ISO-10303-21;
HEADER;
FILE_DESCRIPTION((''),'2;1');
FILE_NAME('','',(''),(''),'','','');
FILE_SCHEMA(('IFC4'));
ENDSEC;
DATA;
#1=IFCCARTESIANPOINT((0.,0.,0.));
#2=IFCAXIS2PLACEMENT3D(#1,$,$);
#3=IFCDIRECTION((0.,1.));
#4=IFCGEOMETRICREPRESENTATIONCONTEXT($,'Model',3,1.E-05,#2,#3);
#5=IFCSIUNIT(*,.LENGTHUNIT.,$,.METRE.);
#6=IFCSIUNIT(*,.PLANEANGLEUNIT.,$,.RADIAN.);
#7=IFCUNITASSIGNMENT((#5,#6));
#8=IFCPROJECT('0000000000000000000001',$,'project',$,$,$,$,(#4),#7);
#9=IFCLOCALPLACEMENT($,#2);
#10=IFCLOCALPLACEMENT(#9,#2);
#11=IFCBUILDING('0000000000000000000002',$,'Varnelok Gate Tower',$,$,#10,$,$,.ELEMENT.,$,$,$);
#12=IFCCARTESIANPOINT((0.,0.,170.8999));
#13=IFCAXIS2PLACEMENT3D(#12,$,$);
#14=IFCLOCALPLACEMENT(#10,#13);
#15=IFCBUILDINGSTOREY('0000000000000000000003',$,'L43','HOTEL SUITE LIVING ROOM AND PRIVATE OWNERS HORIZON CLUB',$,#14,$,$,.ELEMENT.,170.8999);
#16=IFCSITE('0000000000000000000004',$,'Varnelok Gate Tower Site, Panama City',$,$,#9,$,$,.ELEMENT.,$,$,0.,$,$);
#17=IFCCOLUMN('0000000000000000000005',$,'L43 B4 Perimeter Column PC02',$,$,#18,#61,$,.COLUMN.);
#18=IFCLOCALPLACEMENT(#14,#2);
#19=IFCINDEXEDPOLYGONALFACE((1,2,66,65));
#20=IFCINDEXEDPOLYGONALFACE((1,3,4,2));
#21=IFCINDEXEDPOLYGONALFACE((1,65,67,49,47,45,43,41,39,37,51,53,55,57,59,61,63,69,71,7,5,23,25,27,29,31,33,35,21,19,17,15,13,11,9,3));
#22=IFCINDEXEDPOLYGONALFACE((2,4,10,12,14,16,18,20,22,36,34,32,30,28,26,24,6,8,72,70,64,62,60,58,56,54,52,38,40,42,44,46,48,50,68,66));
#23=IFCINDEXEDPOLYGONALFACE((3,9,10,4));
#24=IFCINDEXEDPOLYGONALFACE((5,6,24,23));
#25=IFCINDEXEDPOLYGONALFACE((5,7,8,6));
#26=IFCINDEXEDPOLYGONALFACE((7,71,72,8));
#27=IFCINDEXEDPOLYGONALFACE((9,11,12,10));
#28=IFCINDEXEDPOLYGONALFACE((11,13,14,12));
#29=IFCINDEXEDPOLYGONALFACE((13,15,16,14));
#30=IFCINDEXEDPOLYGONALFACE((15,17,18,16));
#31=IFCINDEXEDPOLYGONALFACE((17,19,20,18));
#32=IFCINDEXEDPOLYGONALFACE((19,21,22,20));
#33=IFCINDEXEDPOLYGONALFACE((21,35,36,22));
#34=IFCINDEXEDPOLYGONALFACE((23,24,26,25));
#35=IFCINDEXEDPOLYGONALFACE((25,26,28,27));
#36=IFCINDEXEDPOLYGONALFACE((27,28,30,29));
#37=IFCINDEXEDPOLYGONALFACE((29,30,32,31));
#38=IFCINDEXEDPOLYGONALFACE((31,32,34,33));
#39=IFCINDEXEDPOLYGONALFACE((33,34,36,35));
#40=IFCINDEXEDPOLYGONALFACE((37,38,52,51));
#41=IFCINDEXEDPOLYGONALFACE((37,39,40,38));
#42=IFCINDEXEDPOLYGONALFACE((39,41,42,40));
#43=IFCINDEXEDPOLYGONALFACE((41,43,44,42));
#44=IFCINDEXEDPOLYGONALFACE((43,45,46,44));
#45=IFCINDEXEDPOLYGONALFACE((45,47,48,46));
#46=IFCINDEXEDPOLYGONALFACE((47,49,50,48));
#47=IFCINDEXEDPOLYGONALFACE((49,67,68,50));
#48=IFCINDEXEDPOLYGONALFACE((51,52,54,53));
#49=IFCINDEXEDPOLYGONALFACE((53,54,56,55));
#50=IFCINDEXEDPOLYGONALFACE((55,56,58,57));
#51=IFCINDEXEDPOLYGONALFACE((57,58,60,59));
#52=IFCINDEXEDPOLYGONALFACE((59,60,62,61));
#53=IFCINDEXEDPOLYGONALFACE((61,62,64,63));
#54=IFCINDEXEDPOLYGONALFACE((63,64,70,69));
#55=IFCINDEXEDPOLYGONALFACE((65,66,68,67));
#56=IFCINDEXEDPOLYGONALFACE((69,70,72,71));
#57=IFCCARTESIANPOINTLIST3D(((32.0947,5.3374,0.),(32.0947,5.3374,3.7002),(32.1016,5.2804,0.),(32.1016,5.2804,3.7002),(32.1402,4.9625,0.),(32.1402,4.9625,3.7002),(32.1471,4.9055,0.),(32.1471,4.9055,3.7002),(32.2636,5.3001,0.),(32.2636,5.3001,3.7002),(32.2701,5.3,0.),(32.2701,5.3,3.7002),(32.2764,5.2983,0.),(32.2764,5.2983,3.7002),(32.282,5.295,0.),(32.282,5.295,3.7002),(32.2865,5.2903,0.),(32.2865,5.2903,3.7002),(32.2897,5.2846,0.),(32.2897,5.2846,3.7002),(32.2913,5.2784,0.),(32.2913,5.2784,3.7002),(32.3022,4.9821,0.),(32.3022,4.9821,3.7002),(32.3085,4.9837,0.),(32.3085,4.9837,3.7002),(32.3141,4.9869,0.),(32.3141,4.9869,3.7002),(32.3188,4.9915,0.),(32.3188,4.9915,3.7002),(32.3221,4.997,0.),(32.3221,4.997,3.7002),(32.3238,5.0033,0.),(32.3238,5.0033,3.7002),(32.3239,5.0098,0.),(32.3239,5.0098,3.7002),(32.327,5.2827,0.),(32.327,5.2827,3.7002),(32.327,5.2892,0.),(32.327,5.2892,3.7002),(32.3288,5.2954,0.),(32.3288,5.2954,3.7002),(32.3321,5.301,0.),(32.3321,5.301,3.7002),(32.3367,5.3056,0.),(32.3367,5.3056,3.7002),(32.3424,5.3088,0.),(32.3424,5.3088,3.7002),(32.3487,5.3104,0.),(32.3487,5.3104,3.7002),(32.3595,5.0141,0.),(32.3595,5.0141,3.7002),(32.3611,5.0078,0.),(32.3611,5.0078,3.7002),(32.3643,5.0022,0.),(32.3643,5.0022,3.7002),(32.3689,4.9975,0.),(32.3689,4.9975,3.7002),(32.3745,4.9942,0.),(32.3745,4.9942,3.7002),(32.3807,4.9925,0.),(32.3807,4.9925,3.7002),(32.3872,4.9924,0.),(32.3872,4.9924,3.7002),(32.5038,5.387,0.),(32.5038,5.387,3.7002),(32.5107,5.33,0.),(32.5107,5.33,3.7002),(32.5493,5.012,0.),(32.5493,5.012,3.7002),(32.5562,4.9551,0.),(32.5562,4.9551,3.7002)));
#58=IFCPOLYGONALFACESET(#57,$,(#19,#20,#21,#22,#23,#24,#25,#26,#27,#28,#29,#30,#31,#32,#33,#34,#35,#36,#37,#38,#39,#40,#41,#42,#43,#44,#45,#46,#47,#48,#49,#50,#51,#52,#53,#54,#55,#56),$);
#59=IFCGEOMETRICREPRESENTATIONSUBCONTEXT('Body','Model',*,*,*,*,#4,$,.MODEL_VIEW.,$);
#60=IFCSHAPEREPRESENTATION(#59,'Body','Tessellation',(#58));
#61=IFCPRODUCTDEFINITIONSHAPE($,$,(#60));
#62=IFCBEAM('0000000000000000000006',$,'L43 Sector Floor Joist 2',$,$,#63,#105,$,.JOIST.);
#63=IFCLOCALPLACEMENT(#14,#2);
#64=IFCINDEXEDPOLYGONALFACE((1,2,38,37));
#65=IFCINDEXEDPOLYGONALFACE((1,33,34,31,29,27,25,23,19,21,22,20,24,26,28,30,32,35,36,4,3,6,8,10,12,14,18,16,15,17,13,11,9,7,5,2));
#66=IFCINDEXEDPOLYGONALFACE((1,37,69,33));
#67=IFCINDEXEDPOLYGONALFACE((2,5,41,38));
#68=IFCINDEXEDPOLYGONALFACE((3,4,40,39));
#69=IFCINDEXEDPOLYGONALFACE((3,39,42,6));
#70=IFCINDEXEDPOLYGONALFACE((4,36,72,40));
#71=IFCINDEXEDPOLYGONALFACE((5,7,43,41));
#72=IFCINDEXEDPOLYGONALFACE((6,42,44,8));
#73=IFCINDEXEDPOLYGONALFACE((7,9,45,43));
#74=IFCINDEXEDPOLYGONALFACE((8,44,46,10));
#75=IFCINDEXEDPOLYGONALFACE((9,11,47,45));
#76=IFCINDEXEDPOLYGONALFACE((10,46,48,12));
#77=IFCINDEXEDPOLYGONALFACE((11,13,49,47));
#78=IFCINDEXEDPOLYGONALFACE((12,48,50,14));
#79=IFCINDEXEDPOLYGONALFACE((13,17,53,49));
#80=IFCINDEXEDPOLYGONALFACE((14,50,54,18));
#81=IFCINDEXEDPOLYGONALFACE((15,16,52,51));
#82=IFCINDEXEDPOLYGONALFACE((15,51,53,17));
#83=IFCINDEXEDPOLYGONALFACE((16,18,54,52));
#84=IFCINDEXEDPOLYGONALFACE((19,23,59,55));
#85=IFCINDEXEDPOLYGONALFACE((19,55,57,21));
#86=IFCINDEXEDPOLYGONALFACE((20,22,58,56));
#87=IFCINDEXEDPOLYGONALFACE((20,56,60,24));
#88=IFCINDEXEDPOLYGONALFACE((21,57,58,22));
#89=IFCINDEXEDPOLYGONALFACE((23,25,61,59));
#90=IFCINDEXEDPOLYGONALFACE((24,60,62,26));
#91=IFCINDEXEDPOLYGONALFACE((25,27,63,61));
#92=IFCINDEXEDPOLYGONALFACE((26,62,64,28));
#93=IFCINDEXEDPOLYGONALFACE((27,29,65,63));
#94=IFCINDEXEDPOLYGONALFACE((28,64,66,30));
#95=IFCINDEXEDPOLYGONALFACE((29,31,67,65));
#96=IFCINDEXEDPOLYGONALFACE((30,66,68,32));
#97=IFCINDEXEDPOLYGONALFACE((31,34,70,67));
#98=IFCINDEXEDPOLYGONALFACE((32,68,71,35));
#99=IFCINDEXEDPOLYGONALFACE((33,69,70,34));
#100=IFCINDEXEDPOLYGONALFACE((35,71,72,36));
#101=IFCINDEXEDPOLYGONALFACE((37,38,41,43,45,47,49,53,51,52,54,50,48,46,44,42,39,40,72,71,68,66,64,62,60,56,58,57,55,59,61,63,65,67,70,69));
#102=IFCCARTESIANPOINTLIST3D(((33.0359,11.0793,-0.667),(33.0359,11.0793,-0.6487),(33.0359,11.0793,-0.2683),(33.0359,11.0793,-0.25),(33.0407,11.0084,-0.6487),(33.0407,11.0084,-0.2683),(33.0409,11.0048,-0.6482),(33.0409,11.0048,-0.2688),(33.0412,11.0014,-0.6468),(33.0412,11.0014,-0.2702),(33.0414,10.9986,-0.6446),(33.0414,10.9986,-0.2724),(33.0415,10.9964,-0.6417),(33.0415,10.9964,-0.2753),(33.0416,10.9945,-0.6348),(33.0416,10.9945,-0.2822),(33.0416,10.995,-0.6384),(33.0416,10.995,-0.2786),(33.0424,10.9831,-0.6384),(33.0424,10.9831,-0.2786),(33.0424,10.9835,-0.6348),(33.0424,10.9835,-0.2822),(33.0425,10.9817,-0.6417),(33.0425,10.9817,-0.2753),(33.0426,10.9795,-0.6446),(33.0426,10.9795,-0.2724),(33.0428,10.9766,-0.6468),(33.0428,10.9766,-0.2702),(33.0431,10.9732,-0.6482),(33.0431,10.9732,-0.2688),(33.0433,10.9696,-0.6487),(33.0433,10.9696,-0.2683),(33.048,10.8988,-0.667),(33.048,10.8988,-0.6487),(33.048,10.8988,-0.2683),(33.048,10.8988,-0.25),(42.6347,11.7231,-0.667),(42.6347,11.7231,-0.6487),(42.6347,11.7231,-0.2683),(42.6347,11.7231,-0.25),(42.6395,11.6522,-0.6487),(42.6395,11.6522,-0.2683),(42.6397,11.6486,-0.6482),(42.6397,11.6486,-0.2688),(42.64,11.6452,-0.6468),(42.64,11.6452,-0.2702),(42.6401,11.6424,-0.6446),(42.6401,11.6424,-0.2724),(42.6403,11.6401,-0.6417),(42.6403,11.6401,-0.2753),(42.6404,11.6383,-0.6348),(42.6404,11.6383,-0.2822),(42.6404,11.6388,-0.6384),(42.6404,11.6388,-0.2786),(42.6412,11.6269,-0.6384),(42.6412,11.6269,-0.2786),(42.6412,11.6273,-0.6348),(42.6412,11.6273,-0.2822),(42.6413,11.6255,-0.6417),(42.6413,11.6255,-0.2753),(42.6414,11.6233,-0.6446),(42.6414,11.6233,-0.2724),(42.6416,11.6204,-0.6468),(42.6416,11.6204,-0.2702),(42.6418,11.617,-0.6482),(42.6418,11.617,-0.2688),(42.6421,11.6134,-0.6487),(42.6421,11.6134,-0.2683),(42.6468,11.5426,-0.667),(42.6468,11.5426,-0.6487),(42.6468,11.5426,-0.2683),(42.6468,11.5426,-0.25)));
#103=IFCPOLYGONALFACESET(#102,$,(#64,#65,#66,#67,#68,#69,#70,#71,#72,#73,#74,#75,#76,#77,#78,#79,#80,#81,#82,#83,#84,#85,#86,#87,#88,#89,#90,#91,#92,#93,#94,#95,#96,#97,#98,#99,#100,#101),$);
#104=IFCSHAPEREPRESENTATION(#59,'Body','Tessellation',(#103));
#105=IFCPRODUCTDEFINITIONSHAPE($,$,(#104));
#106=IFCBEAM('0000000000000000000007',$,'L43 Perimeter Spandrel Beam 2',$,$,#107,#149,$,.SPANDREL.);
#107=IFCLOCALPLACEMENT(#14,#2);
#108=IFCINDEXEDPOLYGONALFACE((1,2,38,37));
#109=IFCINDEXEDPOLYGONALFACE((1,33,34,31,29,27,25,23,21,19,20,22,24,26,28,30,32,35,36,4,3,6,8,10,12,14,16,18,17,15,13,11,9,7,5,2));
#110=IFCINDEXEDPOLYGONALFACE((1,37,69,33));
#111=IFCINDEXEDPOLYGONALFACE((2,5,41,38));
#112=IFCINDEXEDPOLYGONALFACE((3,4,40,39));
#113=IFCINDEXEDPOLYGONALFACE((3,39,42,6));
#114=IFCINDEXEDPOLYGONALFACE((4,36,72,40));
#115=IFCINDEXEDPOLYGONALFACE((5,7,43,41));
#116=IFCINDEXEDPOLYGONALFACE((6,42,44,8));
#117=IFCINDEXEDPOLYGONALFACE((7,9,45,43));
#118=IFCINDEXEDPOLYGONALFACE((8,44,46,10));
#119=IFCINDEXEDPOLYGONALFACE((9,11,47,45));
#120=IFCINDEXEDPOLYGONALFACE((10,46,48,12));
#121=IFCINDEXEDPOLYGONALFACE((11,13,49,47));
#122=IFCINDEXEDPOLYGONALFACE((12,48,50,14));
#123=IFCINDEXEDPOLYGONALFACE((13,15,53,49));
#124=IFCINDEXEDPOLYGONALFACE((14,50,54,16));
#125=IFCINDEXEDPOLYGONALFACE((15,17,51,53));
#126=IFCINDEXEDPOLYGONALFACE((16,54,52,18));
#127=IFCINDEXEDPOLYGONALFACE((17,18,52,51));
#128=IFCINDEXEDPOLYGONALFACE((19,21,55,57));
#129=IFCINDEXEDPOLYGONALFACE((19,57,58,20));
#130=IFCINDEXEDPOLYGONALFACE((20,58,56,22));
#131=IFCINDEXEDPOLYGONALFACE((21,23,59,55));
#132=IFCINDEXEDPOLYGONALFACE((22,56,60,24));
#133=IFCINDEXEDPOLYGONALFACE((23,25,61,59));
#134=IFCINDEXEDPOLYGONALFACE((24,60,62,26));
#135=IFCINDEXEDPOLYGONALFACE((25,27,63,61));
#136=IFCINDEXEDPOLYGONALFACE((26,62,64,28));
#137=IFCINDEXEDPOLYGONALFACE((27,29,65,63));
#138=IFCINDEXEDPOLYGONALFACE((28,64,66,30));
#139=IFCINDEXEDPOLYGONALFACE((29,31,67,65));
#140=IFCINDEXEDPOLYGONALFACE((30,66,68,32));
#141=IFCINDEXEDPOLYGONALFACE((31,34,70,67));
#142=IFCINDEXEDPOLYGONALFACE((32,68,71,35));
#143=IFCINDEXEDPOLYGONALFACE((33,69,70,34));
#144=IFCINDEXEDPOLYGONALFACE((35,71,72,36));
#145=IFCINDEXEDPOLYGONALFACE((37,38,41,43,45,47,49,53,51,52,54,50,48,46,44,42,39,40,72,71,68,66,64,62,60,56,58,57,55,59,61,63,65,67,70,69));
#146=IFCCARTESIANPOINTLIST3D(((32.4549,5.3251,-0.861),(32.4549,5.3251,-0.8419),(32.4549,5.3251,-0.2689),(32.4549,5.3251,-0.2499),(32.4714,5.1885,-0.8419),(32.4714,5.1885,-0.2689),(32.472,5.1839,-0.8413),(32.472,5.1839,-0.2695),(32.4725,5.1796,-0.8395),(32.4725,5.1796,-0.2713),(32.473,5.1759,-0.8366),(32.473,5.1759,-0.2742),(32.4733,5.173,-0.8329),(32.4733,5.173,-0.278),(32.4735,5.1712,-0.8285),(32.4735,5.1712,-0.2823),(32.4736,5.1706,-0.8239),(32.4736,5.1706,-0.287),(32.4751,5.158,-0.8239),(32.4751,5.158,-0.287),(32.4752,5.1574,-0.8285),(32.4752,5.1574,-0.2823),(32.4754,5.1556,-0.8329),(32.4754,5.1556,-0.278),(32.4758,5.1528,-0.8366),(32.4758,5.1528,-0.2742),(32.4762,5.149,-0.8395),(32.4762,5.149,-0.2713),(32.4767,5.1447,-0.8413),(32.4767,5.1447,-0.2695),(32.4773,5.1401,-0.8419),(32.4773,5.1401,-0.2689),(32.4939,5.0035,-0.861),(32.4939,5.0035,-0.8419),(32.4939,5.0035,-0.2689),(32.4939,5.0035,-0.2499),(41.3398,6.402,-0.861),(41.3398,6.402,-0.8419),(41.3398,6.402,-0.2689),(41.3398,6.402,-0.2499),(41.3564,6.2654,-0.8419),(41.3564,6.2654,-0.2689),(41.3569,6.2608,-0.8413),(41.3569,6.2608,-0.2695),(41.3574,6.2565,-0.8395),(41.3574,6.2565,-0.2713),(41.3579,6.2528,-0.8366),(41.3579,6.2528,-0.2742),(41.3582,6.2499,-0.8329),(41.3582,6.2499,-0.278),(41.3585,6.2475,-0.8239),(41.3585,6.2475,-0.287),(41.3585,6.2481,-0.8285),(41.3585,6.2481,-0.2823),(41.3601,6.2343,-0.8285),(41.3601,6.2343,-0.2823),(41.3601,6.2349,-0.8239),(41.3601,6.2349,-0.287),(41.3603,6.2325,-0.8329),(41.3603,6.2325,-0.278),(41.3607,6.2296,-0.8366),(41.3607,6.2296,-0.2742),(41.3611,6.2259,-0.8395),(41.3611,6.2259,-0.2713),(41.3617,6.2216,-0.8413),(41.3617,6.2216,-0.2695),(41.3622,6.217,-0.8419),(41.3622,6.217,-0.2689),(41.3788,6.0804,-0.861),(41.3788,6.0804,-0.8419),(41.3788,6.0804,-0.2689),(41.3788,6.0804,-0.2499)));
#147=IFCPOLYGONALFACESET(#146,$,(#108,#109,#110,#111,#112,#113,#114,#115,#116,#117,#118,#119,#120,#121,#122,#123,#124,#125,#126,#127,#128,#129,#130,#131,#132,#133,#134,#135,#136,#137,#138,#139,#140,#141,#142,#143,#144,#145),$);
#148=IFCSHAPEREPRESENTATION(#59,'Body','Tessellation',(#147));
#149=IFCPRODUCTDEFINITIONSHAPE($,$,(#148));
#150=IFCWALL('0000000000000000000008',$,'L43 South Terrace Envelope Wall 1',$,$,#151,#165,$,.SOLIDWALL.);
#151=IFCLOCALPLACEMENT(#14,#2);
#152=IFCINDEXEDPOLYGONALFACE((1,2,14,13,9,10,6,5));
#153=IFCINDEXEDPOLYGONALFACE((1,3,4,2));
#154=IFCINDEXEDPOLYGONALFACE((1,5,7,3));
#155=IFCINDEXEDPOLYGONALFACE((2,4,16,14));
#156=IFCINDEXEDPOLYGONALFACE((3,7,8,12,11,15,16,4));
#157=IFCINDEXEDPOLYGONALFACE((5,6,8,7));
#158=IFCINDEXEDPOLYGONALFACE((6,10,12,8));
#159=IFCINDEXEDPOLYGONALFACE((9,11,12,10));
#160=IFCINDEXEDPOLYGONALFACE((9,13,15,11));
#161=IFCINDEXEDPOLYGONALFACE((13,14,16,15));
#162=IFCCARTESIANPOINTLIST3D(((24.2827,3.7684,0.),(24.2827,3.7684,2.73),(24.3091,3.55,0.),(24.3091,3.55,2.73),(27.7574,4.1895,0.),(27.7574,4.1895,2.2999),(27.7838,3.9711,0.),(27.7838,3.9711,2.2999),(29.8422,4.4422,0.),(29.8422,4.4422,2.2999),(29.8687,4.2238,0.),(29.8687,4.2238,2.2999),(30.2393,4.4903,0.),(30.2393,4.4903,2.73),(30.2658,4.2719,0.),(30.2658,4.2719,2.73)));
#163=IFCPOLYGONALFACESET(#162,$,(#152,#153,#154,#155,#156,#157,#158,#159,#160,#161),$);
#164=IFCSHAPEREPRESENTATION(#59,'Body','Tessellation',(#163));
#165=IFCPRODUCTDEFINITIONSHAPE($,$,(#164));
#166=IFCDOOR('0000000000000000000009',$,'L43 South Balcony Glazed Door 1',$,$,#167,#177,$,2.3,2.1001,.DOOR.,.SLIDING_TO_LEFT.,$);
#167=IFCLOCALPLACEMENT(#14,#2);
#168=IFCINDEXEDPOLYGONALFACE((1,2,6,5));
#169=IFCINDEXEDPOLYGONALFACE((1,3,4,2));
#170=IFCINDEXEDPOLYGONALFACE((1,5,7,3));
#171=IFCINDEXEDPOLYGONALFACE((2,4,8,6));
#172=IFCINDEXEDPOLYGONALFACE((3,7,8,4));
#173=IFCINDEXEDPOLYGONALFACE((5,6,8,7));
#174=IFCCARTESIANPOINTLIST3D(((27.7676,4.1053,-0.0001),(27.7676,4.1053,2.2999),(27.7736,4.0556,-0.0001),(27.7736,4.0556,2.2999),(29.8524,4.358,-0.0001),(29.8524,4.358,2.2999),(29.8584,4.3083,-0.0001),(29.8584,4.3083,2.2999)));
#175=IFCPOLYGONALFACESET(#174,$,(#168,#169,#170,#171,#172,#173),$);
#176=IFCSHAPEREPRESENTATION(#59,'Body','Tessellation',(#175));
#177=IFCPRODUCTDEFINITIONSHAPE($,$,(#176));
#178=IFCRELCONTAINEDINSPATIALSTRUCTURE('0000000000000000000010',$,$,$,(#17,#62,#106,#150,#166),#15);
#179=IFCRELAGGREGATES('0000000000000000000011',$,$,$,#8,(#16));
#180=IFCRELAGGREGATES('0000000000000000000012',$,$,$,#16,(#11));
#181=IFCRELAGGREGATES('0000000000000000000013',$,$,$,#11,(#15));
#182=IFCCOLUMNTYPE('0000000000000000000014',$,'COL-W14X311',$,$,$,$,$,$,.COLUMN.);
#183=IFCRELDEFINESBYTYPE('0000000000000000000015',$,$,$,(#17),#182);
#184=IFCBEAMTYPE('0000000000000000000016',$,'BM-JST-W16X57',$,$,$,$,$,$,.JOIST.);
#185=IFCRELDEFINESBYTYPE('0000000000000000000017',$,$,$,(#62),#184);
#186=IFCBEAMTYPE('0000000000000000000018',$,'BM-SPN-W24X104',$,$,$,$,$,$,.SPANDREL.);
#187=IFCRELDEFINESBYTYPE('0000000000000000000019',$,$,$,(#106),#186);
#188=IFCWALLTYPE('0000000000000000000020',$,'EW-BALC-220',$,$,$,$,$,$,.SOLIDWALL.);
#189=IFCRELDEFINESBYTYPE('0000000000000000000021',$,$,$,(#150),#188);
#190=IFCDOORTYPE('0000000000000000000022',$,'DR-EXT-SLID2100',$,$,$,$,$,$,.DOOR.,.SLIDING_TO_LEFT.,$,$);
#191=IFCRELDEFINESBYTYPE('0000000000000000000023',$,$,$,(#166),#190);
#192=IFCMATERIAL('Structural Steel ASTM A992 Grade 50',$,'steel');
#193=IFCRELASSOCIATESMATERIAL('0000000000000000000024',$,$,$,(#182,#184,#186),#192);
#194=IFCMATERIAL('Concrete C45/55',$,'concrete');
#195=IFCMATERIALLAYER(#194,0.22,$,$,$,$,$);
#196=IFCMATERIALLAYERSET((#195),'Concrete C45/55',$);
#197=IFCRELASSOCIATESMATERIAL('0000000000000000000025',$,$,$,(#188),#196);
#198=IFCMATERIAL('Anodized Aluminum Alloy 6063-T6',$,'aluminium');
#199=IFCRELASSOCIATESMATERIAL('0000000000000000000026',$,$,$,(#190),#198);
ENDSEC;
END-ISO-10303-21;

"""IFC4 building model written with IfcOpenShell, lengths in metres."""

from ifc_helpers import new_model, si_unit, direction, frame, frame_2d, origin, origin_2d, place, context, subcontext, project, spatial, rectangle, i_section, extrude, material, layer, layer_set, material_profile, profile_set, type_object, element, fill, save


model = new_model("IFC4")

# Units and contexts
model_context = context("Model", 3, precision=1e-05, world=origin(), true_north=direction((0.0, 1.0)))
body_context = subcontext(model_context, "Body", "Model", "MODEL_VIEW")
ifc_project = project(units=[si_unit("LENGTHUNIT", "METRE"), si_unit("PLANEANGLEUNIT", "RADIAN")], contexts=[model_context])

# Site, building, storey
site_placement = place(None, origin())
site = spatial("IfcSite", under=ifc_project, at=site_placement, Name="Varnelok Gate Tower Site, Panama City", CompositionType="ELEMENT", RefElevation=0.0)
building_placement = place(site_placement, origin())
building = spatial("IfcBuilding", under=site, at=building_placement, Name="Varnelok Gate Tower", CompositionType="ELEMENT")
storey_placement = place(building_placement, frame((0.0, 0.0, 170.8999)))
storey = spatial("IfcBuildingStorey", under=building, at=storey_placement, Name="L43", Description="HOTEL SUITE LIVING ROOM AND PRIVATE OWNERS HORIZON CLUB", CompositionType="ELEMENT", Elevation=170.8999)

# Column
ifc_material_1 = material(Name="Structural Steel ASTM A992 Grade 50", Category="steel")
ifc_material_profile_1 = material_profile(ifc_material_1, i_section(OverallWidth=0.4121, OverallDepth=0.4351, WebThickness=0.0359, FlangeThickness=0.0574, FilletRadius=0.0249, at=origin_2d()), Name="W14X311")
ifc_profile_set_1 = profile_set([ifc_material_profile_1], Name="Structural Steel ASTM A992 Grade 50")
column_type = type_object("IfcColumnType", Name="COL-W14X311", PredefinedType="COLUMN", material=ifc_profile_set_1)
column_placement = place(storey_placement, frame((32.3254, 5.1462, 0.0), z_axis=(0.0, 0.0, 1.0), x_axis=(0.992732, 0.120345, 0.0)))
element("IfcColumn", 1, at=column_placement, inside=storey, type_object=column_type, Name="L43 B4 Perimeter Column PC02", PredefinedType="COLUMN", context=body_context, shape_type="SweptSolid", body=[
    extrude(i_section(OverallWidth=0.4121, OverallDepth=0.4351, WebThickness=0.0359, FlangeThickness=0.0574, FilletRadius=0.0249, at=origin_2d()), origin(), (0.0, 0.0, 1.0), 3.7002),
])

# Beams
ifc_material_profile_2 = material_profile(ifc_material_1, i_section(OverallWidth=0.1809, OverallDepth=0.417, WebThickness=0.011, FlangeThickness=0.0183, FilletRadius=0.0139, at=origin_2d()), Name="W16X57")
ifc_profile_set_2 = profile_set([ifc_material_profile_2], Name="Structural Steel ASTM A992 Grade 50")
beam_type_1 = type_object("IfcBeamType", Name="BM-JST-W16X57", PredefinedType="JOIST", material=ifc_profile_set_2)
beam_1_placement = place(storey_placement, frame((33.042, 10.989, -0.4585), z_axis=(0.997758, 0.06692, 0.0), x_axis=(-0.06692, 0.997758, 0.0)))
element("IfcBeam", 2, at=beam_1_placement, inside=storey, type_object=beam_type_1, Name="L43 Sector Floor Joist 2", PredefinedType="JOIST", context=body_context, shape_type="SweptSolid", body=[
    extrude(i_section(OverallWidth=0.1809, OverallDepth=0.417, WebThickness=0.011, FlangeThickness=0.0183, FilletRadius=0.0139, at=origin_2d()), origin(), (0.0, 0.0, 1.0), 9.6204),
])
ifc_material_profile_3 = material_profile(ifc_material_1, i_section(OverallWidth=0.324, OverallDepth=0.6111, WebThickness=0.0127, FlangeThickness=0.019, FilletRadius=0.0181, at=origin_2d()), Name="W24X104")
ifc_profile_set_3 = profile_set([ifc_material_profile_3], Name="Structural Steel ASTM A992 Grade 50")
beam_type_2 = type_object("IfcBeamType", Name="BM-SPN-W24X104", PredefinedType="SPANDREL", material=ifc_profile_set_3)
beam_2_placement = place(storey_placement, frame((32.4744, 5.1643, -0.5554), z_axis=(0.992735, 0.120324, 0.0), x_axis=(-0.120324, 0.992735, 0.0)))
element("IfcBeam", 3, at=beam_2_placement, inside=storey, type_object=beam_type_2, Name="L43 Perimeter Spandrel Beam 2", PredefinedType="SPANDREL", context=body_context, shape_type="SweptSolid", body=[
    extrude(i_section(OverallWidth=0.324, OverallDepth=0.6111, WebThickness=0.0127, FlangeThickness=0.019, FilletRadius=0.0181, at=origin_2d()), origin(), (0.0, 0.0, 1.0), 8.95),
])

# Wall, opening, door
ifc_material_2 = material(Name="Concrete C45/55", Category="concrete")
ifc_layer_1 = layer(ifc_material_2, 0.22)
ifc_layer_set_1 = layer_set([ifc_layer_1], Name="Concrete C45/55")
wall_type_1 = type_object("IfcWallType", Name="EW-BALC-220", PredefinedType="SOLIDWALL", material=ifc_layer_set_1)
wall_1_placement = place(storey_placement, frame((30.2524, 4.3811, 0.0), z_axis=(0.0, 0.0, 1.0), x_axis=(-0.992735, -0.120318, 0.0)))
wall_1 = element("IfcWall", 4, at=wall_1_placement, inside=storey, type_object=wall_type_1, Name="L43 South Terrace Envelope Wall 1", PredefinedType="SOLIDWALL", context=body_context, shape_type="SweptSolid", body=[
    extrude(rectangle(XDim=6.0002, YDim=0.22, at=frame_2d((3.0, 0.0))), origin(), (0.0, 0.0, 1.0), 2.73),
])
opening_1_placement = place(wall_1_placement, frame((0.3999, 0.0, 0.0)))
opening_1 = element("IfcOpeningElement", 5, at=opening_1_placement, cuts=wall_1, PredefinedType="OPENING", context=body_context, shape_type="SweptSolid", body=[
    extrude(rectangle(XDim=2.1001, YDim=2.3, at=frame_2d((1.05, 1.1499))), frame((0.0, 0.1199, 0.0), z_axis=(0.0, -1.0, 0.0), x_axis=(1.0, 0.0, 0.0)), (0.0, 0.0, 1.0), 0.24),
])
ifc_material_3 = material(Name="Anodized Aluminum Alloy 6063-T6", Category="aluminium")
door_type_1 = type_object("IfcDoorType", Name="DR-EXT-SLID2100", OperationType="SLIDING_TO_LEFT", PredefinedType="DOOR", material=ifc_material_3)
door_1_placement = place(opening_1_placement, origin())
door_1 = element("IfcDoor", 6, at=door_1_placement, inside=storey, type_object=door_type_1, Name="L43 South Balcony Glazed Door 1", OperationType="SLIDING_TO_LEFT", OverallHeight=2.3, OverallWidth=2.1001, PredefinedType="DOOR", context=body_context, shape_type="SweptSolid", body=[
    extrude(rectangle(XDim=2.1001, YDim=2.3, at=frame_2d((1.05, 1.1499))), frame((0.0, 0.0249, 0.0), z_axis=(0.0, -1.0, 0.0), x_axis=(1.0, 0.0, 0.0)), (0.0, 0.0, 1.0), 0.05),
])
fill(opening_1, door_1)

save(model, "model.ifc")
